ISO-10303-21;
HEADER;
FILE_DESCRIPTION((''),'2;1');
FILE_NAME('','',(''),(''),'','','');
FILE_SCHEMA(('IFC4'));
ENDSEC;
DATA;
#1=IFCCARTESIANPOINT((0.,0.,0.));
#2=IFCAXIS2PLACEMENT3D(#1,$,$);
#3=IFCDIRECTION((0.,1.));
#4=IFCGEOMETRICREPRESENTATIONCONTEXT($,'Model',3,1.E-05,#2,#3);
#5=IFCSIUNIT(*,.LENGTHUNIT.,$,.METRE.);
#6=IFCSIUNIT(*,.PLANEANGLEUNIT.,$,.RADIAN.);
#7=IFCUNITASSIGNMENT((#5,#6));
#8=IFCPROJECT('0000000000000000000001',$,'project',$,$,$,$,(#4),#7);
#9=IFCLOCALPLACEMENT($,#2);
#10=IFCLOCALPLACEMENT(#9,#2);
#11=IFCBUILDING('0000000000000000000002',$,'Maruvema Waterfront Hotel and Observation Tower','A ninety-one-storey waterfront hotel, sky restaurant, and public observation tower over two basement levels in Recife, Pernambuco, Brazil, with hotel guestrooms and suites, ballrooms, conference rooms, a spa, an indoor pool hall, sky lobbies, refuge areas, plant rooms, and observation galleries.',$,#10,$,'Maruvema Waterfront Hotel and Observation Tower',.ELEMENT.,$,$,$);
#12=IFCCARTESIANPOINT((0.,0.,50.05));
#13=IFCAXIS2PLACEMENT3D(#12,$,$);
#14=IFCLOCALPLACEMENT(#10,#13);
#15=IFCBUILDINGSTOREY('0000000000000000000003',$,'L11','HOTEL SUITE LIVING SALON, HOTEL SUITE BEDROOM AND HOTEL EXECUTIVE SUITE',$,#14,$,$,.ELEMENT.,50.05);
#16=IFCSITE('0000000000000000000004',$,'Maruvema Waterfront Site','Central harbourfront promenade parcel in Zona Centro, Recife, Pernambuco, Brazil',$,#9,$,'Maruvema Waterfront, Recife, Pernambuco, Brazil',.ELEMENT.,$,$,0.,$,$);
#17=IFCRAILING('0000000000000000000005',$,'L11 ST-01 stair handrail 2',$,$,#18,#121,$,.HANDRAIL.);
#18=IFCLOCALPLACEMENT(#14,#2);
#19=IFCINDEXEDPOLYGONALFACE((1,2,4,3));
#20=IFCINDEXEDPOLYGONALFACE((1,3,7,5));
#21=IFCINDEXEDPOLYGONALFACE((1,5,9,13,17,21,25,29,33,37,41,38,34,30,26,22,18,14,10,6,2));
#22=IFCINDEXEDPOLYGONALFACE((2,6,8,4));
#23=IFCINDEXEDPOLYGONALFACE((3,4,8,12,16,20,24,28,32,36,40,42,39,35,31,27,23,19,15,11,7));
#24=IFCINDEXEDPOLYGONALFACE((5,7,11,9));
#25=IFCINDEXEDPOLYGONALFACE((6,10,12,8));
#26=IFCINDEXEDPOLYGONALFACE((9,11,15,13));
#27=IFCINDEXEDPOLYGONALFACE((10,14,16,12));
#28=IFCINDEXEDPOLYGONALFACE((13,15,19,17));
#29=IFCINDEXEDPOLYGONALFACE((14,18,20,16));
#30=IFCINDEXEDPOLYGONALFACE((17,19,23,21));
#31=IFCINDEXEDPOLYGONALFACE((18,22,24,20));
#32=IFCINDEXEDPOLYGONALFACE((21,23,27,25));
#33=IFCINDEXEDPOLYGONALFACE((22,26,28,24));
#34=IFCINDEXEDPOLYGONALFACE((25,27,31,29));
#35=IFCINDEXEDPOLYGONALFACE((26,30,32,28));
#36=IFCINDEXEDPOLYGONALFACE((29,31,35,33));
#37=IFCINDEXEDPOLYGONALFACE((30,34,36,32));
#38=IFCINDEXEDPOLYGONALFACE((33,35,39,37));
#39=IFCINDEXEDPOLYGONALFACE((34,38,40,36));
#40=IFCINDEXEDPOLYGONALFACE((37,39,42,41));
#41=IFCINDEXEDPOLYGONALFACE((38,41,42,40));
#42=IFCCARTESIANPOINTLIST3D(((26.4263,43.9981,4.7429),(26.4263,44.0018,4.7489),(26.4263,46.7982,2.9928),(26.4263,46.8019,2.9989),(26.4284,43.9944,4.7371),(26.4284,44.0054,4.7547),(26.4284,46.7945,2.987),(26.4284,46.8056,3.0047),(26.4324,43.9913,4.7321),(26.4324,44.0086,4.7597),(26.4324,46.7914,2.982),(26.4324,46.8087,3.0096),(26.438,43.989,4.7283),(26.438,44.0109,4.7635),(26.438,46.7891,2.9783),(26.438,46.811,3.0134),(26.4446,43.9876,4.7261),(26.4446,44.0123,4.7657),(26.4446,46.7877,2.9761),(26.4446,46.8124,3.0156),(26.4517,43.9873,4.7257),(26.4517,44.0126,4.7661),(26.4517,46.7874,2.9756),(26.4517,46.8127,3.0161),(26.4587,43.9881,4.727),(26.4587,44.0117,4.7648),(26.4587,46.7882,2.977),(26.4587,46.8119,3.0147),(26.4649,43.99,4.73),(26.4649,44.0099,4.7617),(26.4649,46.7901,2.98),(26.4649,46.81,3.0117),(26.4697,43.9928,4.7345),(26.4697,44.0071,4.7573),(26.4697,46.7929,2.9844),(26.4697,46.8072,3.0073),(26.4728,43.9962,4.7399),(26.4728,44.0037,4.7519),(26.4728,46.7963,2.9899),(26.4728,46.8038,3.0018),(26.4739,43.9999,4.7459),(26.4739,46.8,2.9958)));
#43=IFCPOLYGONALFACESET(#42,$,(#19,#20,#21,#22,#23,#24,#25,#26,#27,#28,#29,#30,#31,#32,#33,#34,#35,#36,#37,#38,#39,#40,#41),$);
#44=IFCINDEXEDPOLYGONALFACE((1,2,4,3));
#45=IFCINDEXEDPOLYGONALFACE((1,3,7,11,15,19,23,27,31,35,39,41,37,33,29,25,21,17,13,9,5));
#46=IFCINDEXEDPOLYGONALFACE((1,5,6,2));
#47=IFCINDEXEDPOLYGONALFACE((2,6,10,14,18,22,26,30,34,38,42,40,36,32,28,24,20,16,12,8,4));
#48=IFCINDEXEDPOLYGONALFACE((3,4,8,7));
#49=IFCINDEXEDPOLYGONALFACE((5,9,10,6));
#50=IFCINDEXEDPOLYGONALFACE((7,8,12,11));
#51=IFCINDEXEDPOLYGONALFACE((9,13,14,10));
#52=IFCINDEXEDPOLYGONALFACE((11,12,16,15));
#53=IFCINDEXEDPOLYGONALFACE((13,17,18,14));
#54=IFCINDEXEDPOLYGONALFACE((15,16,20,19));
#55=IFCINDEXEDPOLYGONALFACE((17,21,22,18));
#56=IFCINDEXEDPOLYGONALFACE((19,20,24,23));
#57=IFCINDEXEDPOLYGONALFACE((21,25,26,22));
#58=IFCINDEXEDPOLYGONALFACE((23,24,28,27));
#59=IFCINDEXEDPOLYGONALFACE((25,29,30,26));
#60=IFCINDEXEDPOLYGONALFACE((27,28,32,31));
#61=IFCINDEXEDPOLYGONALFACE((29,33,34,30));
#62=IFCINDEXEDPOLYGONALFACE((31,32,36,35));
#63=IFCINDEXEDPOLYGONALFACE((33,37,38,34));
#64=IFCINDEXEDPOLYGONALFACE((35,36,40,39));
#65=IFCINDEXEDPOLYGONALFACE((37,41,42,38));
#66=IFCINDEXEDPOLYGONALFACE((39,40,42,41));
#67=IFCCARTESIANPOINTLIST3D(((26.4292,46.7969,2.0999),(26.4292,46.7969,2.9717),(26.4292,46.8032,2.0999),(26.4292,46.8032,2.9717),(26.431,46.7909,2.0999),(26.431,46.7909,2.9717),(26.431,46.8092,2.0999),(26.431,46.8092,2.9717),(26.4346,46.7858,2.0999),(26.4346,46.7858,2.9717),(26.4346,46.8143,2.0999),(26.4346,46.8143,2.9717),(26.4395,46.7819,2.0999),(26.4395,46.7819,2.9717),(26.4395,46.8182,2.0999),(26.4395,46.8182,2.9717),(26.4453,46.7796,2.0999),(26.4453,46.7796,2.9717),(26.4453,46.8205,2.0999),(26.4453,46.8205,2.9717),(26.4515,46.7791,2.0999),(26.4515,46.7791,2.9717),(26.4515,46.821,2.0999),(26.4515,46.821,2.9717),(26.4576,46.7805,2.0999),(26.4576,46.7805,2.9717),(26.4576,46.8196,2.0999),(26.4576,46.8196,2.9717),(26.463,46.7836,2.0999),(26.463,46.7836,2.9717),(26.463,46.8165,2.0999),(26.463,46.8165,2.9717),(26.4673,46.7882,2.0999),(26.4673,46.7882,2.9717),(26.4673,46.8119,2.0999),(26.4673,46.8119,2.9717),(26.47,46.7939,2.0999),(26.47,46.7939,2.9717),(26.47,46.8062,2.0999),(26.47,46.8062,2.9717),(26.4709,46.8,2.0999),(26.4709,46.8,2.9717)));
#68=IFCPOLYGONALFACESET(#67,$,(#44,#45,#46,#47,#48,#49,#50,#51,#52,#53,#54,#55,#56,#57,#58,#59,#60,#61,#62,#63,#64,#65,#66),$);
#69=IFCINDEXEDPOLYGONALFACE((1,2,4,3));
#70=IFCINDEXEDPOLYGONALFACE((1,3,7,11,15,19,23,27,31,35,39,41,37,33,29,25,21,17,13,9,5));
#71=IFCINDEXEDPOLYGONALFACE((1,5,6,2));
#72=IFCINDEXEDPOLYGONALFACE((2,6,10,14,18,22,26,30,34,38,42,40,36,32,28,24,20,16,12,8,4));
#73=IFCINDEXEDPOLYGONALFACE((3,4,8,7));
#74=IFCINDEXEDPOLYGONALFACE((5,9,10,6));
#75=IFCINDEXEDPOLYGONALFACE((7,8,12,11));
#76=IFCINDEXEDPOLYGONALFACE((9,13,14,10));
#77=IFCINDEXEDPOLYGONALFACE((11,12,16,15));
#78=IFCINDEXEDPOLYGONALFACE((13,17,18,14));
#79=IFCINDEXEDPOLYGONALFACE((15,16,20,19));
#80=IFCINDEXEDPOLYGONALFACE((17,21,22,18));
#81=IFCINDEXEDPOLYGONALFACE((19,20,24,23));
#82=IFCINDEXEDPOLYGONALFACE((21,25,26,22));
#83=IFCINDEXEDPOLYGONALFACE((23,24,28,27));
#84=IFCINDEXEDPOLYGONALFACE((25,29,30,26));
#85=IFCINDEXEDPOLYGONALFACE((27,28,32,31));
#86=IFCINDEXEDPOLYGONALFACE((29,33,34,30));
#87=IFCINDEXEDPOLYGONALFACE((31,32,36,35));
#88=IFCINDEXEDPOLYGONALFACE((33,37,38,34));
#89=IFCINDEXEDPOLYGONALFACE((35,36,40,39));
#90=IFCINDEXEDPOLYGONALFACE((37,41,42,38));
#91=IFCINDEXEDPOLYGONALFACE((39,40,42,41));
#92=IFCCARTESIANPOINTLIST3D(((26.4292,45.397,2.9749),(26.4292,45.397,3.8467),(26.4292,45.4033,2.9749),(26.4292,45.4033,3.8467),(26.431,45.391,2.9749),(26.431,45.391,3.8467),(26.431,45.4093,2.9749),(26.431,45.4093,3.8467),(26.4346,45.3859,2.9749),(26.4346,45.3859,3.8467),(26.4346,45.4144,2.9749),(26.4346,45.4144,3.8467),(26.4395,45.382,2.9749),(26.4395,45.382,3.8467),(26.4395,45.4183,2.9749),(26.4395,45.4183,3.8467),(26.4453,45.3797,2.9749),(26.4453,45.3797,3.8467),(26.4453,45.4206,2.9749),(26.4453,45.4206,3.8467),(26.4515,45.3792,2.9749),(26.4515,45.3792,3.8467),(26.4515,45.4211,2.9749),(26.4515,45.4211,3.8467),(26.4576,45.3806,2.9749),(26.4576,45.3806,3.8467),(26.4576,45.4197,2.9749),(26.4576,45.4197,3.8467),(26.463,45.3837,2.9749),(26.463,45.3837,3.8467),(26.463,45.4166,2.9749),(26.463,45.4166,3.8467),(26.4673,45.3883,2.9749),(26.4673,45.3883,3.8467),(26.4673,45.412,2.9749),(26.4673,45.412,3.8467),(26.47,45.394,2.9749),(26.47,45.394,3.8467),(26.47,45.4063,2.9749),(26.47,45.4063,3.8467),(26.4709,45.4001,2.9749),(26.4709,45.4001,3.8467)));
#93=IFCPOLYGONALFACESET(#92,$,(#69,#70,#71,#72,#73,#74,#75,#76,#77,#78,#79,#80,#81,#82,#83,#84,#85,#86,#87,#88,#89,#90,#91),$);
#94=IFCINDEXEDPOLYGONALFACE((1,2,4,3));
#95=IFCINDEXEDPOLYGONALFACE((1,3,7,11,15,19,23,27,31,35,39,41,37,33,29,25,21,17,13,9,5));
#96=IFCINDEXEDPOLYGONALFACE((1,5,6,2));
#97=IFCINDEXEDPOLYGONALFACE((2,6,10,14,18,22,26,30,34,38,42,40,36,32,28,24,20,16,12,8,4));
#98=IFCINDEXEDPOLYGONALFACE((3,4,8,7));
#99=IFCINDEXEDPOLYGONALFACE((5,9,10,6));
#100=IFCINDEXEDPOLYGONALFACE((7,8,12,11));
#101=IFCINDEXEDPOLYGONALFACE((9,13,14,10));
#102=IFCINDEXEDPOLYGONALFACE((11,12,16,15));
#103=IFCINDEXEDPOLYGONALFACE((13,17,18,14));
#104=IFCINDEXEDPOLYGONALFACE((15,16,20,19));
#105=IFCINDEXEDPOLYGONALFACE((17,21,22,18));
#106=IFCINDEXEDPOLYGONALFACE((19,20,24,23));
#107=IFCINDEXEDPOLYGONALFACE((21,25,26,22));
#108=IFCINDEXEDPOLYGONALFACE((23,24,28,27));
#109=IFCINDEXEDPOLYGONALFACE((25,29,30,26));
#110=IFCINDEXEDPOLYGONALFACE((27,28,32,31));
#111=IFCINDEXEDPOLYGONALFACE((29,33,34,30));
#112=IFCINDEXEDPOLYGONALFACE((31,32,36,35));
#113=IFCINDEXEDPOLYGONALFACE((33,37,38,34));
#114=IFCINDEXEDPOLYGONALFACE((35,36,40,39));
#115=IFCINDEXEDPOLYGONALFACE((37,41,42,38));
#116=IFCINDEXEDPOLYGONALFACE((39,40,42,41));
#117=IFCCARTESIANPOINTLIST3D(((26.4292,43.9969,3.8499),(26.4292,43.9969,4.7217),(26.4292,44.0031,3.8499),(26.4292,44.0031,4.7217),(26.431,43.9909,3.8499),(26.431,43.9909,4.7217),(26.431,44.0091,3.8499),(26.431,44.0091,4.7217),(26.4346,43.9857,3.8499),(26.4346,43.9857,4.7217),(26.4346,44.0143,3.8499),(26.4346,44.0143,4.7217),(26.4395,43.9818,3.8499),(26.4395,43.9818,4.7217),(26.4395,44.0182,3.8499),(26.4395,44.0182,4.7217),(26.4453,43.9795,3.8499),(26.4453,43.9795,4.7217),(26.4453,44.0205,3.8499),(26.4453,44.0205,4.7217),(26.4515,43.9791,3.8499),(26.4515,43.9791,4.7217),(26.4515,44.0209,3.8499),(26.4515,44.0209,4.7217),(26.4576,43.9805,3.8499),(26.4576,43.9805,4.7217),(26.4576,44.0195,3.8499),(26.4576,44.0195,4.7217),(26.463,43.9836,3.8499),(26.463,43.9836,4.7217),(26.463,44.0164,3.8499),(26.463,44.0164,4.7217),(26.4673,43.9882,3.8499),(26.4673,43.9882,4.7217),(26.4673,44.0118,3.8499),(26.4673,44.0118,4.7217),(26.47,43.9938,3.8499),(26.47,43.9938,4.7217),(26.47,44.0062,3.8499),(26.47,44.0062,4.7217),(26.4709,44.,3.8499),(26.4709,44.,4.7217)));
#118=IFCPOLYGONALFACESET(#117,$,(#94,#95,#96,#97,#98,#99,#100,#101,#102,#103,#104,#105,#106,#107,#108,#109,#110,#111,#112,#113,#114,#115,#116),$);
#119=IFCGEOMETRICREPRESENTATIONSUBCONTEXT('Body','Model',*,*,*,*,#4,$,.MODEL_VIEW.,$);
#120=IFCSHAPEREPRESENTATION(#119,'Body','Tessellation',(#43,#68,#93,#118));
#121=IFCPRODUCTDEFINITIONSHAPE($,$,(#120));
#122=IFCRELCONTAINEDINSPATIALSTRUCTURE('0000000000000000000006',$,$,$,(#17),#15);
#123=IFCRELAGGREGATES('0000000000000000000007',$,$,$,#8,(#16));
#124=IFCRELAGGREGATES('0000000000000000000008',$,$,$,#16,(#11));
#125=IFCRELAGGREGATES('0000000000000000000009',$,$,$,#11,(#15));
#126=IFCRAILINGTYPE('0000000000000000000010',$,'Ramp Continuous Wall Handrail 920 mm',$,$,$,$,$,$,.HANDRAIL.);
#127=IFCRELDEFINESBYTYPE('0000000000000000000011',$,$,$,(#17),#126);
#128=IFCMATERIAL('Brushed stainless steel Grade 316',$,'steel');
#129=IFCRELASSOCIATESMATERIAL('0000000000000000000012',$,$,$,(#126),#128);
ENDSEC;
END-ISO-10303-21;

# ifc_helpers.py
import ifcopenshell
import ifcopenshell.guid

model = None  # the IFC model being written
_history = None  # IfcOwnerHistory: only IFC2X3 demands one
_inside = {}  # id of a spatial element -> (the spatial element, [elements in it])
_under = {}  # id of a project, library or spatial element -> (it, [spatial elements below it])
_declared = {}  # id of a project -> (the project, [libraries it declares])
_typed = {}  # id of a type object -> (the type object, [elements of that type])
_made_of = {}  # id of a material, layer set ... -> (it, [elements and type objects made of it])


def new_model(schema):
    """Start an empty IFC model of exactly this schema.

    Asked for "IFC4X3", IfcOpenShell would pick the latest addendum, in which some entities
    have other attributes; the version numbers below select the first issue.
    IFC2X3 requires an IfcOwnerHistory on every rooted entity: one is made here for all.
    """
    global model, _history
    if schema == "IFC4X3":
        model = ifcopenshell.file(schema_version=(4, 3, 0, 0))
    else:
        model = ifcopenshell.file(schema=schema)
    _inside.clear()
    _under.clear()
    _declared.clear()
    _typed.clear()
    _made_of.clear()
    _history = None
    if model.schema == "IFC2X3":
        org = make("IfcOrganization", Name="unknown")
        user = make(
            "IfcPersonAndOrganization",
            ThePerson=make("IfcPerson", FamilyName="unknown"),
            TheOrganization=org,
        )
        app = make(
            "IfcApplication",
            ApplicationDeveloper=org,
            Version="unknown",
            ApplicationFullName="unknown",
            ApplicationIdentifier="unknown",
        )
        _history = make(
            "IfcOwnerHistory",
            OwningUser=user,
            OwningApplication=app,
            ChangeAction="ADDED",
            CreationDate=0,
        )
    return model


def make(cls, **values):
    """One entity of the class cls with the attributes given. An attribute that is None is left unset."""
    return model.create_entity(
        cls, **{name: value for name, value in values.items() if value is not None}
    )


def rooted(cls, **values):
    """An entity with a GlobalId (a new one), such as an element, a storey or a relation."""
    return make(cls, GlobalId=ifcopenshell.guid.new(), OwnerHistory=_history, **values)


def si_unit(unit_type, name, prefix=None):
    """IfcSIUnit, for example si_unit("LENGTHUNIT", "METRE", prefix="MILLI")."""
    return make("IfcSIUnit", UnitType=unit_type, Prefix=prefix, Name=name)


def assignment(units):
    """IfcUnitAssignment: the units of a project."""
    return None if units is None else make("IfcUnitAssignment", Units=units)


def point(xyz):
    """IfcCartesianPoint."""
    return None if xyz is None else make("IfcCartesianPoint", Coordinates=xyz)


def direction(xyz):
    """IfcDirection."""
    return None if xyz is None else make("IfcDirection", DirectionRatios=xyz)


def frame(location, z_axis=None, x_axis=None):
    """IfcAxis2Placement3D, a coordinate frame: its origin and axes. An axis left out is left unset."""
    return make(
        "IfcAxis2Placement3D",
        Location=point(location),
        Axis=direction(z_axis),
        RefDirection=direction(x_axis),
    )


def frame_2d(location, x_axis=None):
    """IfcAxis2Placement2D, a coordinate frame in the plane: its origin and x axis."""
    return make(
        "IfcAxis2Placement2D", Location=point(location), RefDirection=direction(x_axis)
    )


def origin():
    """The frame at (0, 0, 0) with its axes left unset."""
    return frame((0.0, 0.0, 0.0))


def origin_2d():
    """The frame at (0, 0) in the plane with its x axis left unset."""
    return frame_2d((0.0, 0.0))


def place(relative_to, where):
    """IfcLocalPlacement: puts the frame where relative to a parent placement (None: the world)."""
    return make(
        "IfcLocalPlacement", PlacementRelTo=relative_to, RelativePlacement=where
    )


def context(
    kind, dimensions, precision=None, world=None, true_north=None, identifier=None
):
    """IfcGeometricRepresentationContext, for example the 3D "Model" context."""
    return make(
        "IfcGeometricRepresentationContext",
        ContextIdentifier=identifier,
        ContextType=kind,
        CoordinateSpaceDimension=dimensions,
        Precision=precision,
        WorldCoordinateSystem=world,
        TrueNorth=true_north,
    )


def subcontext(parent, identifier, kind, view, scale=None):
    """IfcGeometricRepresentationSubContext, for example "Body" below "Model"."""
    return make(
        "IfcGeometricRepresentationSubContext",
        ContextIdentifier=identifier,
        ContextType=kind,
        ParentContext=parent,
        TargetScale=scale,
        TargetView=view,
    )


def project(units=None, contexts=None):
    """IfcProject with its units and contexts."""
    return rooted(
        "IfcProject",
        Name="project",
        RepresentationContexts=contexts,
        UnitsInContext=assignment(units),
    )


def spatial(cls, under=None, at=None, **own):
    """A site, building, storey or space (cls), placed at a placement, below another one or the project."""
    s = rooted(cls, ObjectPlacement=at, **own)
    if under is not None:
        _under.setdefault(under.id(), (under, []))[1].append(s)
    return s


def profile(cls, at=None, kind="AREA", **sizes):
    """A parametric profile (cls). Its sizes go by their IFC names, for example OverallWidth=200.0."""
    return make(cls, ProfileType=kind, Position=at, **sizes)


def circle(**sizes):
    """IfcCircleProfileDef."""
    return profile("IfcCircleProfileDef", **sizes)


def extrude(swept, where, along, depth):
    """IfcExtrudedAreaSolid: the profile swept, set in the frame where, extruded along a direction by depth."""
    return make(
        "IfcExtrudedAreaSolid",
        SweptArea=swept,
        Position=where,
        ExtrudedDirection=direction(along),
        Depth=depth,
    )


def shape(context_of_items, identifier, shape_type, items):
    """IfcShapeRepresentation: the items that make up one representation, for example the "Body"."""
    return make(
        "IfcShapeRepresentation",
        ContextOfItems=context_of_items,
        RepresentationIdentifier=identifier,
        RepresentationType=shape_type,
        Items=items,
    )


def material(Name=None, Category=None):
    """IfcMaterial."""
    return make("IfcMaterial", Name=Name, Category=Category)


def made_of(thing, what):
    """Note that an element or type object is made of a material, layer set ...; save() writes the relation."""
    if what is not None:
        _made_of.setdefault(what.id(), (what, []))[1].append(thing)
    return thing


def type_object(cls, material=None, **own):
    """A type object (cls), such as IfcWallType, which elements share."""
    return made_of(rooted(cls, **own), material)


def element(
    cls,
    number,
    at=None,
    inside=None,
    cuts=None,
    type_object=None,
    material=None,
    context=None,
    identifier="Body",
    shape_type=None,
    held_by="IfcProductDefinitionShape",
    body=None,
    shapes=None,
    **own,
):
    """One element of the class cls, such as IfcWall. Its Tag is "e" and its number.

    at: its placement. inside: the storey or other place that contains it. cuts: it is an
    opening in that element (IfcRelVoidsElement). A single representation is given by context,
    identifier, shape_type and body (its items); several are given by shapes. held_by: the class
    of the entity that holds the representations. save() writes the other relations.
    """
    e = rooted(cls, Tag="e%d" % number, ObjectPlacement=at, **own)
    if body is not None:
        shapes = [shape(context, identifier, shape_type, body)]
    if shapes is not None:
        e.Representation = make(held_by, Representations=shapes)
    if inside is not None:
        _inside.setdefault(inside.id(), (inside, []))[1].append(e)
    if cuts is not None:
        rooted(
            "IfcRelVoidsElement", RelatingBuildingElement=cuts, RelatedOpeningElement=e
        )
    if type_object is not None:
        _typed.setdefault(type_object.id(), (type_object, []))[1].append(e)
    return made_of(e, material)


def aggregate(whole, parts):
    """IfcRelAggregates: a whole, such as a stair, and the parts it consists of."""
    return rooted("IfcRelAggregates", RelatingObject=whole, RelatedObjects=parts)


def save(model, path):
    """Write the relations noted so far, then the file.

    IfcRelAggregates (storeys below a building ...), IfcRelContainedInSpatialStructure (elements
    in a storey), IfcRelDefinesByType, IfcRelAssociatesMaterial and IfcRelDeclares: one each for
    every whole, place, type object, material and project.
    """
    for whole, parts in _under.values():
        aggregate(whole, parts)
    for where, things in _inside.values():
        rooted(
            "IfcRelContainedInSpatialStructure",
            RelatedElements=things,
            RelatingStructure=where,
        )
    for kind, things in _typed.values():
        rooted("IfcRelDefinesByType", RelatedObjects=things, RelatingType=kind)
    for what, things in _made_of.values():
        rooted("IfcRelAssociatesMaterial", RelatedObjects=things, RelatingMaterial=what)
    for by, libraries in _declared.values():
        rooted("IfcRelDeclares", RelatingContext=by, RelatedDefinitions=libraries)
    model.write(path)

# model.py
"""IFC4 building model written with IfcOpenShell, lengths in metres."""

from ifc_helpers import new_model, si_unit, direction, frame, origin, origin_2d, place, context, subcontext, project, spatial, circle, extrude, material, type_object, element, save


model = new_model("IFC4")

# Units and contexts
model_context = context("Model", 3, precision=1e-05, world=origin(), true_north=direction((0.0, 1.0)))
body_context = subcontext(model_context, "Body", "Model", "MODEL_VIEW")
ifc_project = project(units=[si_unit("LENGTHUNIT", "METRE"), si_unit("PLANEANGLEUNIT", "RADIAN")], contexts=[model_context])

# Site, building, storey
site_placement = place(None, origin())
site = spatial("IfcSite", under=ifc_project, at=site_placement, Name="Maruvema Waterfront Site", Description="Central harbourfront promenade parcel in Zona Centro, Recife, Pernambuco, Brazil", LongName="Maruvema Waterfront, Recife, Pernambuco, Brazil", CompositionType="ELEMENT", RefElevation=0.0)
building_placement = place(site_placement, origin())
building = spatial("IfcBuilding", under=site, at=building_placement, Name="Maruvema Waterfront Hotel and Observation Tower", Description="A ninety-one-storey waterfront hotel, sky restaurant, and public observation tower over two basement levels in Recife, Pernambuco, Brazil, with hotel guestrooms and suites, ballrooms, conference rooms, a spa, an indoor pool hall, sky lobbies, refuge areas, plant rooms, and observation galleries.", LongName="Maruvema Waterfront Hotel and Observation Tower", CompositionType="ELEMENT")
storey_placement = place(building_placement, frame((0.0, 0.0, 50.05)))
storey = spatial("IfcBuildingStorey", under=building, at=storey_placement, Name="L11", Description="HOTEL SUITE LIVING SALON, HOTEL SUITE BEDROOM AND HOTEL EXECUTIVE SUITE", CompositionType="ELEMENT", Elevation=50.05)

# Railing
ifc_material_1 = material(Name="Brushed stainless steel Grade 316", Category="steel")
railing_type_1 = type_object("IfcRailingType", Name="Ramp Continuous Wall Handrail 920 mm", PredefinedType="HANDRAIL", material=ifc_material_1)
railing_1_placement = place(storey_placement, frame((26.45, 46.8, 2.0999)))
element("IfcRailing", 1, at=railing_1_placement, inside=storey, type_object=railing_type_1, Name="L11 ST-01 stair handrail 2", PredefinedType="HANDRAIL", context=body_context, shape_type="SweptSolid", body=[
    extrude(circle(Radius=0.0239, at=origin_2d()), frame((0.0, 0.0, 0.896), z_axis=(0.0, -0.848002, 0.529992), x_axis=(1.0, 0.0, 0.0)), (0.0, 0.0, 1.0), 3.302),
    extrude(circle(Radius=0.021, at=origin_2d()), origin(), (0.0, 0.0, 1.0), 0.8718),
    extrude(circle(Radius=0.021, at=origin_2d()), frame((0.0, -1.3999, 0.875)), (0.0, 0.0, 1.0), 0.8718),
    extrude(circle(Radius=0.021, at=origin_2d()), frame((0.0, -2.8, 1.75)), (0.0, 0.0, 1.0), 0.8718),
])

save(model, "model.ifc")
